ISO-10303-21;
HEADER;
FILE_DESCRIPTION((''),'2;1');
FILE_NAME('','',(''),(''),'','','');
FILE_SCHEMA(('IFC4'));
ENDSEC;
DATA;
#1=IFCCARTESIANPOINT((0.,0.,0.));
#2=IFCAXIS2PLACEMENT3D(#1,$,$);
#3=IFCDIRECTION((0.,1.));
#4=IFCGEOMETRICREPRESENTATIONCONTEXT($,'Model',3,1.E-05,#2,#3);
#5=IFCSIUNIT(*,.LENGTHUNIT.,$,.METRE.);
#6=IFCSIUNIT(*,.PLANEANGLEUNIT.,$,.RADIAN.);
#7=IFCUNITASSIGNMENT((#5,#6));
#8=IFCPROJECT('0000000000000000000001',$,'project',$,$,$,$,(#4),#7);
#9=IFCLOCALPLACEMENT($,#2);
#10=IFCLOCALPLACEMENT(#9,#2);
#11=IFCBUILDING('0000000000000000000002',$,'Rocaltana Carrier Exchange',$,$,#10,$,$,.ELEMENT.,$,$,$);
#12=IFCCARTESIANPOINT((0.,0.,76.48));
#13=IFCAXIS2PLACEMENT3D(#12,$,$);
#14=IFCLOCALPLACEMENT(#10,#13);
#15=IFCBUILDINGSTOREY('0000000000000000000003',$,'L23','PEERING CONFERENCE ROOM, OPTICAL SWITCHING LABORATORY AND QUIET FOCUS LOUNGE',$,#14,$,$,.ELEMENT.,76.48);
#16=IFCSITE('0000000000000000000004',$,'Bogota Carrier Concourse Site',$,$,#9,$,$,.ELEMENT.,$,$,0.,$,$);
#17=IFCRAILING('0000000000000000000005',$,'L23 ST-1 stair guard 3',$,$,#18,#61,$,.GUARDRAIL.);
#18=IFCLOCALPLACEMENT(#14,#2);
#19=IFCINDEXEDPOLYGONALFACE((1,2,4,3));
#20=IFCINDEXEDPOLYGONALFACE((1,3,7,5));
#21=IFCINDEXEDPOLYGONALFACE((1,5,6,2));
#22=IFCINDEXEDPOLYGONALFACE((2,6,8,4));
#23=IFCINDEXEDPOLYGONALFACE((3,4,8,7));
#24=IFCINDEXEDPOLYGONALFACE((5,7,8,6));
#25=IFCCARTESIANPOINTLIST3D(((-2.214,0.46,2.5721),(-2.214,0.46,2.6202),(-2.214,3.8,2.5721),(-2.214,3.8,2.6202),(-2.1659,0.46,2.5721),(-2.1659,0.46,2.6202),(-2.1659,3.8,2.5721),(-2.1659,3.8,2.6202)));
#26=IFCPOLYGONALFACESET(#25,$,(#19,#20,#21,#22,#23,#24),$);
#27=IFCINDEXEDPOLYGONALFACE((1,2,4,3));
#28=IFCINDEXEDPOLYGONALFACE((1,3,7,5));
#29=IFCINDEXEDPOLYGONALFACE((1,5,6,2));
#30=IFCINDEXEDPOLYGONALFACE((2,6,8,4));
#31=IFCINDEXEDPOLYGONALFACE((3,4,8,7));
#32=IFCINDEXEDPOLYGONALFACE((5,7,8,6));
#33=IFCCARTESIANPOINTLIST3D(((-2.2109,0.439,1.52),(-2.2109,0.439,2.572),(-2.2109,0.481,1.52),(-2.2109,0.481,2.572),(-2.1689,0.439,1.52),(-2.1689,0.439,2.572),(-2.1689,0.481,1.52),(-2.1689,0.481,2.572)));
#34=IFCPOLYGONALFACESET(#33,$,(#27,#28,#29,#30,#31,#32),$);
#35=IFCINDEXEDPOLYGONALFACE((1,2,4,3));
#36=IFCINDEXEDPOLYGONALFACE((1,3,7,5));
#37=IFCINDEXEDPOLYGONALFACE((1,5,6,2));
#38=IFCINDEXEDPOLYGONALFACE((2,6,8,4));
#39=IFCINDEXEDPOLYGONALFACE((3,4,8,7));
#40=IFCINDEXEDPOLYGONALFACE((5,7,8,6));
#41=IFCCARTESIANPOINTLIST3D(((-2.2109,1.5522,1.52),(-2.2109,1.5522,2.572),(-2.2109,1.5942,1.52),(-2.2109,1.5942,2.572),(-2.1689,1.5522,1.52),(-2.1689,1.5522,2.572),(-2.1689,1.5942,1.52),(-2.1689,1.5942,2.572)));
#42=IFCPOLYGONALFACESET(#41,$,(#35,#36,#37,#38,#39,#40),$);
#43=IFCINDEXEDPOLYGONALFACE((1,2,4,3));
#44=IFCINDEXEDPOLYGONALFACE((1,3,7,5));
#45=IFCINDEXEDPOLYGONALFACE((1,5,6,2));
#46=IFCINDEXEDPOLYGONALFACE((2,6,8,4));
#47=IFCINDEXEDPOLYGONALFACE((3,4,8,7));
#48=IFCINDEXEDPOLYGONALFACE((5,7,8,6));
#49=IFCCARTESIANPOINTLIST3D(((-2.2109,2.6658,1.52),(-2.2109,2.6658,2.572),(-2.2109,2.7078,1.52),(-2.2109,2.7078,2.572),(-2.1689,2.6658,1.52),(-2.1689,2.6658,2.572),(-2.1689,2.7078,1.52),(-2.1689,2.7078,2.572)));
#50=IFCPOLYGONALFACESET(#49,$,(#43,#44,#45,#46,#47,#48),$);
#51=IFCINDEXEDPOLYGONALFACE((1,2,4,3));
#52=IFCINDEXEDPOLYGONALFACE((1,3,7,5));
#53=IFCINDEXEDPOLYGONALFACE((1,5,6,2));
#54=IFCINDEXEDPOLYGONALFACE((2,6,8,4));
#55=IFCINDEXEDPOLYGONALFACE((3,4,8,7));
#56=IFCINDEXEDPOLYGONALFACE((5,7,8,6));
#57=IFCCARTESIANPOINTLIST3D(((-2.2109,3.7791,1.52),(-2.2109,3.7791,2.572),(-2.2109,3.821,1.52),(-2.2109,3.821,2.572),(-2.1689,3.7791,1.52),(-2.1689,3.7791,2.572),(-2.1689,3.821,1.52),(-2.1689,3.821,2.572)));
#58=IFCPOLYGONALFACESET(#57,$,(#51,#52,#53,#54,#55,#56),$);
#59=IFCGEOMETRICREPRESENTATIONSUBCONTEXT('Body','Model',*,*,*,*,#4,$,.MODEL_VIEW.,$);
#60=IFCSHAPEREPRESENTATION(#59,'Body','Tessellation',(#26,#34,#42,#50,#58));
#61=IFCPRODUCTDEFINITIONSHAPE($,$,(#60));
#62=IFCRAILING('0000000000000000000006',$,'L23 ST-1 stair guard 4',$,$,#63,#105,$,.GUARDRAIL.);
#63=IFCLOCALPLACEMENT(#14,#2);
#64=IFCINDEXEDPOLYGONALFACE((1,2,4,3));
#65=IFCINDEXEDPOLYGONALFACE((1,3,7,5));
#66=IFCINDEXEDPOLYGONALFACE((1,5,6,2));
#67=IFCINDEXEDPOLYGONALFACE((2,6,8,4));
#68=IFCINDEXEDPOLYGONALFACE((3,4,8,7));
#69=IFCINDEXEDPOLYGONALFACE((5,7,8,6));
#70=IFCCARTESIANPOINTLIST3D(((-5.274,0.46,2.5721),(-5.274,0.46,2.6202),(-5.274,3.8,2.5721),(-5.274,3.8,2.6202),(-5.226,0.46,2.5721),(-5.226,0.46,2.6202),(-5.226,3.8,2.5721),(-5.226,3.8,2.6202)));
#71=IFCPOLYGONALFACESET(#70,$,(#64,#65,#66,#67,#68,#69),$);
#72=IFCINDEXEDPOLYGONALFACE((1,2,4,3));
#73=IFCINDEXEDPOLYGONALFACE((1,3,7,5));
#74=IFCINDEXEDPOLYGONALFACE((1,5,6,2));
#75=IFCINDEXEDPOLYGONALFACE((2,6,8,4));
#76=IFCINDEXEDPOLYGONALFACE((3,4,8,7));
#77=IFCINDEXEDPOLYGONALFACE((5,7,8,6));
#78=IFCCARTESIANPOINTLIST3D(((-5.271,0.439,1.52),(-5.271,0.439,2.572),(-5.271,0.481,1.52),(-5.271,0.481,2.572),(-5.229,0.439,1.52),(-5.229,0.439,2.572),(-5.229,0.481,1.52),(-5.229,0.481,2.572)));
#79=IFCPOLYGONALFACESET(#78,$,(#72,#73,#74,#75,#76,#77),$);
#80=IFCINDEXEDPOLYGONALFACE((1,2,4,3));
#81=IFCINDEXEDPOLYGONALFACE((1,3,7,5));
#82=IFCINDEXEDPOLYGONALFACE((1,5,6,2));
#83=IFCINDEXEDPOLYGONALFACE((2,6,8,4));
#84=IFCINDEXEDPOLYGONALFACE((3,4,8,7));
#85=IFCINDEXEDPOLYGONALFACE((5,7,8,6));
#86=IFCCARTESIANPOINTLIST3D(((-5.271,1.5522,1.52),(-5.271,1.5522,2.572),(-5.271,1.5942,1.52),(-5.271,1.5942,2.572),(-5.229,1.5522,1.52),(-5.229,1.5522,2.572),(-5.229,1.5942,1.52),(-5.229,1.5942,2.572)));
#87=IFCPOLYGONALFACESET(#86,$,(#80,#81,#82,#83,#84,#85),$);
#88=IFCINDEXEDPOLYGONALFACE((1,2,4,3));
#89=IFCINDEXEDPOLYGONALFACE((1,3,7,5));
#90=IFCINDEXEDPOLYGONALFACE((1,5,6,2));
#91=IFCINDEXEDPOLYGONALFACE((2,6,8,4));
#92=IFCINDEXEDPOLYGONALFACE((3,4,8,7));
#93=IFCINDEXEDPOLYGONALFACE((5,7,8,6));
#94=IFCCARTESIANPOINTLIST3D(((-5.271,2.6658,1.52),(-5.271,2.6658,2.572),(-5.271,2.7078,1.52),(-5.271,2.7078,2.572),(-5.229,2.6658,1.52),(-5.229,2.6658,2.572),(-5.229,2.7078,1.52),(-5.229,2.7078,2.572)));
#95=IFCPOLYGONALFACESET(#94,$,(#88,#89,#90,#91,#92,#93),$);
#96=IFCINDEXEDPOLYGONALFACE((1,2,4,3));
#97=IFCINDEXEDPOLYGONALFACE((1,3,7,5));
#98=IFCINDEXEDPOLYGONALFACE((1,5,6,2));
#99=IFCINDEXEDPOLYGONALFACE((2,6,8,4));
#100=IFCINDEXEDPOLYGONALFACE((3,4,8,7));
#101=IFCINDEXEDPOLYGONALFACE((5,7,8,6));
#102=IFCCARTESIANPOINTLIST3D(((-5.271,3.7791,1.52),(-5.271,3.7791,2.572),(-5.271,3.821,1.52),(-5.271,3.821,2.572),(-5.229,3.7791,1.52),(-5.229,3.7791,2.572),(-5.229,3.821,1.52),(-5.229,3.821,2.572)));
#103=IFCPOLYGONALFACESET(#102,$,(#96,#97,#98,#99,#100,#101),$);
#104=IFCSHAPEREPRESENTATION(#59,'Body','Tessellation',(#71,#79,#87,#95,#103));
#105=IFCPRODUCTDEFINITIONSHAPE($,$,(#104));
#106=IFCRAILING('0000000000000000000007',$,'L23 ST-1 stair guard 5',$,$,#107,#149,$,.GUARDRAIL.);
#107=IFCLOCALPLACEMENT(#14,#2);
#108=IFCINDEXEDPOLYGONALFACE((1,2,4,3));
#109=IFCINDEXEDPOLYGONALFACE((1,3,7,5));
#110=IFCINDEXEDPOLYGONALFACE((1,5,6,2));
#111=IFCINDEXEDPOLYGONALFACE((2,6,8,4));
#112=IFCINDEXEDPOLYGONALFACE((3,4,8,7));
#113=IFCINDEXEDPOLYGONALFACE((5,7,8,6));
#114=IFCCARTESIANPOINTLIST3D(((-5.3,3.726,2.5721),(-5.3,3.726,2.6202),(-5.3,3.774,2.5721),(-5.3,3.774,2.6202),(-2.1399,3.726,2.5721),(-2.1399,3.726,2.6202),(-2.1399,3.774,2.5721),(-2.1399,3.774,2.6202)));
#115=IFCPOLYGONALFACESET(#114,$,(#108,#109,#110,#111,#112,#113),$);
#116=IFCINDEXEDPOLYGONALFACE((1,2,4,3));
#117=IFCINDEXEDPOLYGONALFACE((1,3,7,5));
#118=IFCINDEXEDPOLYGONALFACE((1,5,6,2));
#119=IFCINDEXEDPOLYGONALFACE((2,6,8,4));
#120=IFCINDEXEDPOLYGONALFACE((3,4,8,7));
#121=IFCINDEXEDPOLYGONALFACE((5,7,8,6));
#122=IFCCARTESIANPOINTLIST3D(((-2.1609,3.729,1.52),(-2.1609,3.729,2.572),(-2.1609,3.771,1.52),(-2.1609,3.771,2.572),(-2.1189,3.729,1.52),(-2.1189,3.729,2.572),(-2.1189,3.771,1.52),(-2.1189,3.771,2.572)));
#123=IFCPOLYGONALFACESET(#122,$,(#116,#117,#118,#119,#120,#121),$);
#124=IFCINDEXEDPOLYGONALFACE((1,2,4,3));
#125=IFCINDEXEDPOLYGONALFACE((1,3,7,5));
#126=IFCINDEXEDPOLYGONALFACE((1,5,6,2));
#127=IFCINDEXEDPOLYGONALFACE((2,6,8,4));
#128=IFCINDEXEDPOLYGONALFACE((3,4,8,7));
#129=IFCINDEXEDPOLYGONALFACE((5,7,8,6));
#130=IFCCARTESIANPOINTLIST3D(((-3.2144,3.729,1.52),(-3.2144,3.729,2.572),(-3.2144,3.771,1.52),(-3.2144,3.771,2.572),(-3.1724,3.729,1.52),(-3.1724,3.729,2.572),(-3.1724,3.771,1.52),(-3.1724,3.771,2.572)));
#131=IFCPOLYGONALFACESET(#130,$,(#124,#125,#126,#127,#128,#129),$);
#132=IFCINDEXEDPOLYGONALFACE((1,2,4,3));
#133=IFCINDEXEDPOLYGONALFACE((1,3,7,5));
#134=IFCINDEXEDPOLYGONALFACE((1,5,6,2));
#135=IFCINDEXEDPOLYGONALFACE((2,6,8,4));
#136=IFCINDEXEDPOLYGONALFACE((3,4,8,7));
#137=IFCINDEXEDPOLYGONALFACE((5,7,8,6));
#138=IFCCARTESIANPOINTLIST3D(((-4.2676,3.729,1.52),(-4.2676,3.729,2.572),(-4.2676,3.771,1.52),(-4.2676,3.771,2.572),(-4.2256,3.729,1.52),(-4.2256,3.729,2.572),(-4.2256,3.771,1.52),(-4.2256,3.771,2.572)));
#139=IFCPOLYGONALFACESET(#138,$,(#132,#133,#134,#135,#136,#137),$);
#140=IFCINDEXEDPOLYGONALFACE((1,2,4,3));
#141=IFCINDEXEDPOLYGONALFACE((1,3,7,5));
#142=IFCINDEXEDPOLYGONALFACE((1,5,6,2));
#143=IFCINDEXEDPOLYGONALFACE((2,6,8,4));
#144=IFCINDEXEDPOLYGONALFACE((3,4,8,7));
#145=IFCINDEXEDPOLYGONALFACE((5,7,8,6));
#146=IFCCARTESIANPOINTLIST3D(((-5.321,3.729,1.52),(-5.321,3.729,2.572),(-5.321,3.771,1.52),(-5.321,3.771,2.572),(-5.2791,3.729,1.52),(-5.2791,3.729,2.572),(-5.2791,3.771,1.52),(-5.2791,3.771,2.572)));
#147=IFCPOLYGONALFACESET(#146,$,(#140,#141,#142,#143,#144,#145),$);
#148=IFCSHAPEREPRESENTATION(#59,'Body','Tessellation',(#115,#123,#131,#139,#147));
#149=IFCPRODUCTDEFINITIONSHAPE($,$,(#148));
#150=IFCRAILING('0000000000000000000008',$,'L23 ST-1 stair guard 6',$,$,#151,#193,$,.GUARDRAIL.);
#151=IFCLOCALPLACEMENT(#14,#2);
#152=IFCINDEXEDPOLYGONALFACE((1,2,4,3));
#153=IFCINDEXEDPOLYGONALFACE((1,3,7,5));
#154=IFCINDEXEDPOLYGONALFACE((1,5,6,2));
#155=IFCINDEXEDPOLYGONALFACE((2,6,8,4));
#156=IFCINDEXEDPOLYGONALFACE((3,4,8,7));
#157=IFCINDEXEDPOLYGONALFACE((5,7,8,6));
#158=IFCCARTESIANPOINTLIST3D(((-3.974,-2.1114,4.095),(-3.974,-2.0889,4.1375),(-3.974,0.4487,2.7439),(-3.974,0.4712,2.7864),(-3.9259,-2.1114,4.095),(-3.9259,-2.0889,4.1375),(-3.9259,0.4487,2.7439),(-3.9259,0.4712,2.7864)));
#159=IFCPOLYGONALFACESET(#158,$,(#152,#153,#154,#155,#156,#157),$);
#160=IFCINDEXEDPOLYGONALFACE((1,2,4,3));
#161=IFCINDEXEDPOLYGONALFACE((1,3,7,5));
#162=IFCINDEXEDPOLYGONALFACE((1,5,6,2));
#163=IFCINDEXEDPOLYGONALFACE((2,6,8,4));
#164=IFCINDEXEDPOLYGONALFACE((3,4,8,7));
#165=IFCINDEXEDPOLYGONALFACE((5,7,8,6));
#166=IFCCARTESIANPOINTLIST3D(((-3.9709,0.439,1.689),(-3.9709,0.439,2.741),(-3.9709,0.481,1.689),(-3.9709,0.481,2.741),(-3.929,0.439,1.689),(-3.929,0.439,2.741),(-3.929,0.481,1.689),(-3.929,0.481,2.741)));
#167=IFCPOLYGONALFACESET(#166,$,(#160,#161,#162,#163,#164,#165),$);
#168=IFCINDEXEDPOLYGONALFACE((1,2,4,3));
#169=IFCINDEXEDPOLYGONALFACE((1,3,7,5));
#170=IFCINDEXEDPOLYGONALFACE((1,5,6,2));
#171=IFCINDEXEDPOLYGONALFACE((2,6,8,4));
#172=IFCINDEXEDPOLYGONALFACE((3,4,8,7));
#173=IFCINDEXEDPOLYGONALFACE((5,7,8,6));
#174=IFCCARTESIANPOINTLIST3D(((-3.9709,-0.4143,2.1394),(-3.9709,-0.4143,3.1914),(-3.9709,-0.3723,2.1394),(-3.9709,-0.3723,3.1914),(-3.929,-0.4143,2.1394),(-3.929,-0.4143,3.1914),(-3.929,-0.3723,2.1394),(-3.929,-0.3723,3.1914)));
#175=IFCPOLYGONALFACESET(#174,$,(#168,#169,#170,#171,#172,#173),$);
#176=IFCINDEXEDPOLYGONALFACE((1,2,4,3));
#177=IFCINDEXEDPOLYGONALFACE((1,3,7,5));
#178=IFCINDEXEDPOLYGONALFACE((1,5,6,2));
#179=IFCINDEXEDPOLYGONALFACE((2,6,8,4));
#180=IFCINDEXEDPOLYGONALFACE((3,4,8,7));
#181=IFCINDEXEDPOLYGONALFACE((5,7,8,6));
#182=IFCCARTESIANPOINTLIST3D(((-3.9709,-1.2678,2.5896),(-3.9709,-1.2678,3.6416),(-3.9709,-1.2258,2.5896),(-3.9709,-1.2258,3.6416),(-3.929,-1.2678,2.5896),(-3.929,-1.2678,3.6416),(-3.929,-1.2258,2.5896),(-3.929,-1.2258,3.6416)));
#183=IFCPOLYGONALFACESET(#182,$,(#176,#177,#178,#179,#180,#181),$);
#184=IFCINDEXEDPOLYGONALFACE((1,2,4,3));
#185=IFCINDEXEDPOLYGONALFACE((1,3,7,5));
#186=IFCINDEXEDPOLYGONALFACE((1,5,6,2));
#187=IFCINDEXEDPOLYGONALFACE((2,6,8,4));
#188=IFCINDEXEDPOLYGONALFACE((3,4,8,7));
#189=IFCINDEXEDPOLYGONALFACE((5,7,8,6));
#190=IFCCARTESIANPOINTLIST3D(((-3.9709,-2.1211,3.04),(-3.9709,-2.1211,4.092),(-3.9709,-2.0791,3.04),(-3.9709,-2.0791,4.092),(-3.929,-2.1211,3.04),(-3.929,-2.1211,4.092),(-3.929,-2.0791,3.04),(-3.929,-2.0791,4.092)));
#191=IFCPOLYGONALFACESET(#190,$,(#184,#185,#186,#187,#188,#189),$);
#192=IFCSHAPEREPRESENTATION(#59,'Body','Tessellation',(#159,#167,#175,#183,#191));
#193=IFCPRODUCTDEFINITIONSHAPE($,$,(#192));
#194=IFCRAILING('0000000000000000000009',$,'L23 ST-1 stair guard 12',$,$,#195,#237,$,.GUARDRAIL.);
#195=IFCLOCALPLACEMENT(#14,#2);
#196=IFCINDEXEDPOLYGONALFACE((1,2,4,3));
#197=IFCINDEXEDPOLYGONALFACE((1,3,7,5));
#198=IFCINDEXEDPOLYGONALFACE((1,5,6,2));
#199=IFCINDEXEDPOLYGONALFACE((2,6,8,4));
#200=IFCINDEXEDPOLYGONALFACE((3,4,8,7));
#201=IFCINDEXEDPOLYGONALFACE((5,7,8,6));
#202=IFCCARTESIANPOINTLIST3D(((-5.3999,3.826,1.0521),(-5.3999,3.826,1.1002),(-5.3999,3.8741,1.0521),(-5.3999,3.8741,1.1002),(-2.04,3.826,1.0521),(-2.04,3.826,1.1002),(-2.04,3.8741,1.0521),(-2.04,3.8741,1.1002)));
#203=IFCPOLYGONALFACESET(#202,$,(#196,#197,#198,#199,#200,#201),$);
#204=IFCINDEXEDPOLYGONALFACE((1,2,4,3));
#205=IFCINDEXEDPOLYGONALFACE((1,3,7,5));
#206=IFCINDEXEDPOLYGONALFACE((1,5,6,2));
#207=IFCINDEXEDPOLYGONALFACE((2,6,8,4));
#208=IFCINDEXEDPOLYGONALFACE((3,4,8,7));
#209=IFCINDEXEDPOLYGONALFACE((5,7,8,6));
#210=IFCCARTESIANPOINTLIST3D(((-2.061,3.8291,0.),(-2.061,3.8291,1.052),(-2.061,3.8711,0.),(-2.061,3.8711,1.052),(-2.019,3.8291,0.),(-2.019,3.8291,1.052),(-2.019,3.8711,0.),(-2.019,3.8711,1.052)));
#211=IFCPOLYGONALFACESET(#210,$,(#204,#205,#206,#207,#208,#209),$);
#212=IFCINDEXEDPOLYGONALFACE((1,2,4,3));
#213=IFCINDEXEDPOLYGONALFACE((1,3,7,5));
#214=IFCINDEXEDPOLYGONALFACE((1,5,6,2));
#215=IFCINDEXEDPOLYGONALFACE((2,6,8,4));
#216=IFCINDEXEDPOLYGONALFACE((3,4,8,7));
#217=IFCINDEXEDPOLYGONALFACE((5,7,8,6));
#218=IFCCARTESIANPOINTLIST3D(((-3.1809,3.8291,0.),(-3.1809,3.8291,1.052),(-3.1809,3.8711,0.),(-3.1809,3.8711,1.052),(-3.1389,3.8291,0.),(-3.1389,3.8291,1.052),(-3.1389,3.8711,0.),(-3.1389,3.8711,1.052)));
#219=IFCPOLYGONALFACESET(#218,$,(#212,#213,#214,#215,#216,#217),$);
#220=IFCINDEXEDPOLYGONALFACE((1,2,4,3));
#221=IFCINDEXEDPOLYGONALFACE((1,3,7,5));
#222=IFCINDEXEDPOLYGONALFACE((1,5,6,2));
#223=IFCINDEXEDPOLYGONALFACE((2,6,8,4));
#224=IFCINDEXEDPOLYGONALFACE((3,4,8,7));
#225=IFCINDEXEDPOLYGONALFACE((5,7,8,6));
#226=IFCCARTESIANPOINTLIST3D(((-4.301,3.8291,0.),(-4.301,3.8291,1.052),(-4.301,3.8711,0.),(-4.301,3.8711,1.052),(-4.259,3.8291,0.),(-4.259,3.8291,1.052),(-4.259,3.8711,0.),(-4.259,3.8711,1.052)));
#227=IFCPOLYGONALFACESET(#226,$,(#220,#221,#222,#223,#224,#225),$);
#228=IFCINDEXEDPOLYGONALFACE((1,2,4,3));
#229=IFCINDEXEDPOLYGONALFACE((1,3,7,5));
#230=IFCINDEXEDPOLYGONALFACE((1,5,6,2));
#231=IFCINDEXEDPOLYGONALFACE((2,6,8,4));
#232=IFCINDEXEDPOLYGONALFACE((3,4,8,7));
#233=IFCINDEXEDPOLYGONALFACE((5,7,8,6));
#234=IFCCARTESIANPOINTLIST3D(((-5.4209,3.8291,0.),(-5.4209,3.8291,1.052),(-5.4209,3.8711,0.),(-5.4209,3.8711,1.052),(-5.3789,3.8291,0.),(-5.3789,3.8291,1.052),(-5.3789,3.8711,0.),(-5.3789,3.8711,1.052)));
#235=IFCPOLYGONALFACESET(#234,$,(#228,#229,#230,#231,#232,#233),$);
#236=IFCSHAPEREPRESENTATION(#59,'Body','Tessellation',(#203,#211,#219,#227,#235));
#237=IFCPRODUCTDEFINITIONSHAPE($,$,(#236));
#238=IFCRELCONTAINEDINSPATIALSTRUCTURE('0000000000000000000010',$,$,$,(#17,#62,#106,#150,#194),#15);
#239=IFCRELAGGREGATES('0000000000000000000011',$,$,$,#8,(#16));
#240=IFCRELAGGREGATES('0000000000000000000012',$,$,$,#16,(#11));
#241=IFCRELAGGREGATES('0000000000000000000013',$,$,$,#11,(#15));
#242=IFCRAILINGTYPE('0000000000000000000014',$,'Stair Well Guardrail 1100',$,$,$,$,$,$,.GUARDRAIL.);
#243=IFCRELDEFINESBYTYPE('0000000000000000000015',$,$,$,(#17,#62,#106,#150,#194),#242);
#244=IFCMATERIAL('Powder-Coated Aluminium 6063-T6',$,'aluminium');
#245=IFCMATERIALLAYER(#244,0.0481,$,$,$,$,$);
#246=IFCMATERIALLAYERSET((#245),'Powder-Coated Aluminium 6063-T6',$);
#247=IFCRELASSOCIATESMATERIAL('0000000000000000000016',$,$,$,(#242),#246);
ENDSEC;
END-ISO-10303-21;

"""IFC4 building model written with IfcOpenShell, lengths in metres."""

from ifc_helpers import new_model, si_unit, direction, frame, origin, origin_2d, place, context, subcontext, project, spatial, rectangle, extrude, material, layer, layer_set, type_object, element, save


model = new_model("IFC4")

# Units and contexts
model_context = context("Model", 3, precision=1e-05, world=origin(), true_north=direction((0.0, 1.0)))
body_context = subcontext(model_context, "Body", "Model", "MODEL_VIEW")
ifc_project = project(units=[si_unit("LENGTHUNIT", "METRE"), si_unit("PLANEANGLEUNIT", "RADIAN")], contexts=[model_context])

# Site, building, storey
site_placement = place(None, origin())
site = spatial("IfcSite", under=ifc_project, at=site_placement, Name="Bogota Carrier Concourse Site", CompositionType="ELEMENT", RefElevation=0.0)
building_placement = place(site_placement, origin())
building = spatial("IfcBuilding", under=site, at=building_placement, Name="Rocaltana Carrier Exchange", CompositionType="ELEMENT")
storey_placement = place(building_placement, frame((0.0, 0.0, 76.48)))
storey = spatial("IfcBuildingStorey", under=building, at=storey_placement, Name="L23", Description="PEERING CONFERENCE ROOM, OPTICAL SWITCHING LABORATORY AND QUIET FOCUS LOUNGE", CompositionType="ELEMENT", Elevation=76.48)

# Railings
ifc_material_1 = material(Name="Powder-Coated Aluminium 6063-T6", Category="aluminium")
ifc_layer_1 = layer(ifc_material_1, 0.0481)
ifc_layer_set_1 = layer_set([ifc_layer_1], Name="Powder-Coated Aluminium 6063-T6")
railing_type_1 = type_object("IfcRailingType", Name="Stair Well Guardrail 1100", PredefinedType="GUARDRAIL", material=ifc_layer_set_1)
for number, where, name in (
    (1, (-2.1899, 0.46, 1.52), "L23 ST-1 stair guard 3"),
    (2, (-5.25, 0.46, 1.52), "L23 ST-1 stair guard 4"),
):
    element("IfcRailing", number, at=place(storey_placement, frame(where)), inside=storey, type_object=railing_type_1, Name=name, PredefinedType="GUARDRAIL", context=body_context, shape_type="SweptSolid", body=[
        extrude(rectangle(XDim=0.0481, YDim=0.0481, at=origin_2d()), frame((0.0, 0.0, 1.0762), z_axis=(0.0, 1.0, 0.0), x_axis=(-1.0, 0.0, 0.0)), (0.0, 0.0, 1.0), 3.3401),
        extrude(rectangle(XDim=0.042, YDim=0.042, at=origin_2d()), origin(), (0.0, 0.0, 1.0), 1.052),
        extrude(rectangle(XDim=0.042, YDim=0.042, at=origin_2d()), frame((0.0, 1.1133, 0.0)), (0.0, 0.0, 1.0), 1.052),
        extrude(rectangle(XDim=0.042, YDim=0.042, at=origin_2d()), frame((0.0, 2.2268, 0.0)), (0.0, 0.0, 1.0), 1.052),
        extrude(rectangle(XDim=0.042, YDim=0.042, at=origin_2d()), frame((0.0, 3.3401, 0.0)), (0.0, 0.0, 1.0), 1.052),
    ])
railing_1_placement = place(storey_placement, frame((-2.1399, 3.75, 1.52)))
element("IfcRailing", 3, at=railing_1_placement, inside=storey, type_object=railing_type_1, Name="L23 ST-1 stair guard 5", PredefinedType="GUARDRAIL", context=body_context, shape_type="SweptSolid", body=[
    extrude(rectangle(XDim=0.0481, YDim=0.0481, at=origin_2d()), frame((0.0, 0.0, 1.0762), z_axis=(-1.0, 0.0, 0.0), x_axis=(0.0, -1.0, 0.0)), (0.0, 0.0, 1.0), 3.1602),
    extrude(rectangle(XDim=0.042, YDim=0.042, at=origin_2d()), origin(), (0.0, 0.0, 1.0), 1.052),
    extrude(rectangle(XDim=0.042, YDim=0.042, at=origin_2d()), frame((-1.0535, 0.0, 0.0)), (0.0, 0.0, 1.0), 1.052),
    extrude(rectangle(XDim=0.042, YDim=0.042, at=origin_2d()), frame((-2.1067, 0.0, 0.0)), (0.0, 0.0, 1.0), 1.052),
    extrude(rectangle(XDim=0.042, YDim=0.042, at=origin_2d()), frame((-3.1602, 0.0, 0.0)), (0.0, 0.0, 1.0), 1.052),
])
railing_2_placement = place(storey_placement, frame((-3.95, 0.46, 1.689)))
element("IfcRailing", 4, at=railing_2_placement, inside=storey, type_object=railing_type_1, Name="L23 ST-1 stair guard 6", PredefinedType="GUARDRAIL", context=body_context, shape_type="SweptSolid", body=[
    extrude(rectangle(XDim=0.0481, YDim=0.0481, at=origin_2d()), frame((0.0, 0.0, 1.0762), z_axis=(0.0, -0.884394, 0.46674), x_axis=(1.0, 0.0, 0.0)), (0.0, 0.0, 1.0), 2.8948),
    extrude(rectangle(XDim=0.042, YDim=0.042, at=origin_2d()), origin(), (0.0, 0.0, 1.0), 1.052),
    extrude(rectangle(XDim=0.042, YDim=0.042, at=origin_2d()), frame((0.0, -0.8533, 0.4504)), (0.0, 0.0, 1.0), 1.052),
    extrude(rectangle(XDim=0.042, YDim=0.042, at=origin_2d()), frame((0.0, -1.7068, 0.9006)), (0.0, 0.0, 1.0), 1.052),
    extrude(rectangle(XDim=0.042, YDim=0.042, at=origin_2d()), frame((0.0, -2.5601, 1.3511)), (0.0, 0.0, 1.0), 1.052),
])
railing_3_placement = place(storey_placement, frame((-2.04, 3.8501, 0.0)))
element("IfcRailing", 5, at=railing_3_placement, inside=storey, type_object=railing_type_1, Name="L23 ST-1 stair guard 12", PredefinedType="GUARDRAIL", context=body_context, shape_type="SweptSolid", body=[
    extrude(rectangle(XDim=0.0481, YDim=0.0481, at=origin_2d()), frame((0.0, 0.0, 1.0762), z_axis=(-1.0, 0.0, 0.0), x_axis=(0.0, -1.0, 0.0)), (0.0, 0.0, 1.0), 3.3599),
    extrude(rectangle(XDim=0.042, YDim=0.042, at=origin_2d()), origin(), (0.0, 0.0, 1.0), 1.052),
    extrude(rectangle(XDim=0.042, YDim=0.042, at=origin_2d()), frame((-1.1199, 0.0, 0.0)), (0.0, 0.0, 1.0), 1.052),
    extrude(rectangle(XDim=0.042, YDim=0.042, at=origin_2d()), frame((-2.24, 0.0, 0.0)), (0.0, 0.0, 1.0), 1.052),
    extrude(rectangle(XDim=0.042, YDim=0.042, at=origin_2d()), frame((-3.3599, 0.0, 0.0)), (0.0, 0.0, 1.0), 1.052),
])

save(model, "model.ifc")
